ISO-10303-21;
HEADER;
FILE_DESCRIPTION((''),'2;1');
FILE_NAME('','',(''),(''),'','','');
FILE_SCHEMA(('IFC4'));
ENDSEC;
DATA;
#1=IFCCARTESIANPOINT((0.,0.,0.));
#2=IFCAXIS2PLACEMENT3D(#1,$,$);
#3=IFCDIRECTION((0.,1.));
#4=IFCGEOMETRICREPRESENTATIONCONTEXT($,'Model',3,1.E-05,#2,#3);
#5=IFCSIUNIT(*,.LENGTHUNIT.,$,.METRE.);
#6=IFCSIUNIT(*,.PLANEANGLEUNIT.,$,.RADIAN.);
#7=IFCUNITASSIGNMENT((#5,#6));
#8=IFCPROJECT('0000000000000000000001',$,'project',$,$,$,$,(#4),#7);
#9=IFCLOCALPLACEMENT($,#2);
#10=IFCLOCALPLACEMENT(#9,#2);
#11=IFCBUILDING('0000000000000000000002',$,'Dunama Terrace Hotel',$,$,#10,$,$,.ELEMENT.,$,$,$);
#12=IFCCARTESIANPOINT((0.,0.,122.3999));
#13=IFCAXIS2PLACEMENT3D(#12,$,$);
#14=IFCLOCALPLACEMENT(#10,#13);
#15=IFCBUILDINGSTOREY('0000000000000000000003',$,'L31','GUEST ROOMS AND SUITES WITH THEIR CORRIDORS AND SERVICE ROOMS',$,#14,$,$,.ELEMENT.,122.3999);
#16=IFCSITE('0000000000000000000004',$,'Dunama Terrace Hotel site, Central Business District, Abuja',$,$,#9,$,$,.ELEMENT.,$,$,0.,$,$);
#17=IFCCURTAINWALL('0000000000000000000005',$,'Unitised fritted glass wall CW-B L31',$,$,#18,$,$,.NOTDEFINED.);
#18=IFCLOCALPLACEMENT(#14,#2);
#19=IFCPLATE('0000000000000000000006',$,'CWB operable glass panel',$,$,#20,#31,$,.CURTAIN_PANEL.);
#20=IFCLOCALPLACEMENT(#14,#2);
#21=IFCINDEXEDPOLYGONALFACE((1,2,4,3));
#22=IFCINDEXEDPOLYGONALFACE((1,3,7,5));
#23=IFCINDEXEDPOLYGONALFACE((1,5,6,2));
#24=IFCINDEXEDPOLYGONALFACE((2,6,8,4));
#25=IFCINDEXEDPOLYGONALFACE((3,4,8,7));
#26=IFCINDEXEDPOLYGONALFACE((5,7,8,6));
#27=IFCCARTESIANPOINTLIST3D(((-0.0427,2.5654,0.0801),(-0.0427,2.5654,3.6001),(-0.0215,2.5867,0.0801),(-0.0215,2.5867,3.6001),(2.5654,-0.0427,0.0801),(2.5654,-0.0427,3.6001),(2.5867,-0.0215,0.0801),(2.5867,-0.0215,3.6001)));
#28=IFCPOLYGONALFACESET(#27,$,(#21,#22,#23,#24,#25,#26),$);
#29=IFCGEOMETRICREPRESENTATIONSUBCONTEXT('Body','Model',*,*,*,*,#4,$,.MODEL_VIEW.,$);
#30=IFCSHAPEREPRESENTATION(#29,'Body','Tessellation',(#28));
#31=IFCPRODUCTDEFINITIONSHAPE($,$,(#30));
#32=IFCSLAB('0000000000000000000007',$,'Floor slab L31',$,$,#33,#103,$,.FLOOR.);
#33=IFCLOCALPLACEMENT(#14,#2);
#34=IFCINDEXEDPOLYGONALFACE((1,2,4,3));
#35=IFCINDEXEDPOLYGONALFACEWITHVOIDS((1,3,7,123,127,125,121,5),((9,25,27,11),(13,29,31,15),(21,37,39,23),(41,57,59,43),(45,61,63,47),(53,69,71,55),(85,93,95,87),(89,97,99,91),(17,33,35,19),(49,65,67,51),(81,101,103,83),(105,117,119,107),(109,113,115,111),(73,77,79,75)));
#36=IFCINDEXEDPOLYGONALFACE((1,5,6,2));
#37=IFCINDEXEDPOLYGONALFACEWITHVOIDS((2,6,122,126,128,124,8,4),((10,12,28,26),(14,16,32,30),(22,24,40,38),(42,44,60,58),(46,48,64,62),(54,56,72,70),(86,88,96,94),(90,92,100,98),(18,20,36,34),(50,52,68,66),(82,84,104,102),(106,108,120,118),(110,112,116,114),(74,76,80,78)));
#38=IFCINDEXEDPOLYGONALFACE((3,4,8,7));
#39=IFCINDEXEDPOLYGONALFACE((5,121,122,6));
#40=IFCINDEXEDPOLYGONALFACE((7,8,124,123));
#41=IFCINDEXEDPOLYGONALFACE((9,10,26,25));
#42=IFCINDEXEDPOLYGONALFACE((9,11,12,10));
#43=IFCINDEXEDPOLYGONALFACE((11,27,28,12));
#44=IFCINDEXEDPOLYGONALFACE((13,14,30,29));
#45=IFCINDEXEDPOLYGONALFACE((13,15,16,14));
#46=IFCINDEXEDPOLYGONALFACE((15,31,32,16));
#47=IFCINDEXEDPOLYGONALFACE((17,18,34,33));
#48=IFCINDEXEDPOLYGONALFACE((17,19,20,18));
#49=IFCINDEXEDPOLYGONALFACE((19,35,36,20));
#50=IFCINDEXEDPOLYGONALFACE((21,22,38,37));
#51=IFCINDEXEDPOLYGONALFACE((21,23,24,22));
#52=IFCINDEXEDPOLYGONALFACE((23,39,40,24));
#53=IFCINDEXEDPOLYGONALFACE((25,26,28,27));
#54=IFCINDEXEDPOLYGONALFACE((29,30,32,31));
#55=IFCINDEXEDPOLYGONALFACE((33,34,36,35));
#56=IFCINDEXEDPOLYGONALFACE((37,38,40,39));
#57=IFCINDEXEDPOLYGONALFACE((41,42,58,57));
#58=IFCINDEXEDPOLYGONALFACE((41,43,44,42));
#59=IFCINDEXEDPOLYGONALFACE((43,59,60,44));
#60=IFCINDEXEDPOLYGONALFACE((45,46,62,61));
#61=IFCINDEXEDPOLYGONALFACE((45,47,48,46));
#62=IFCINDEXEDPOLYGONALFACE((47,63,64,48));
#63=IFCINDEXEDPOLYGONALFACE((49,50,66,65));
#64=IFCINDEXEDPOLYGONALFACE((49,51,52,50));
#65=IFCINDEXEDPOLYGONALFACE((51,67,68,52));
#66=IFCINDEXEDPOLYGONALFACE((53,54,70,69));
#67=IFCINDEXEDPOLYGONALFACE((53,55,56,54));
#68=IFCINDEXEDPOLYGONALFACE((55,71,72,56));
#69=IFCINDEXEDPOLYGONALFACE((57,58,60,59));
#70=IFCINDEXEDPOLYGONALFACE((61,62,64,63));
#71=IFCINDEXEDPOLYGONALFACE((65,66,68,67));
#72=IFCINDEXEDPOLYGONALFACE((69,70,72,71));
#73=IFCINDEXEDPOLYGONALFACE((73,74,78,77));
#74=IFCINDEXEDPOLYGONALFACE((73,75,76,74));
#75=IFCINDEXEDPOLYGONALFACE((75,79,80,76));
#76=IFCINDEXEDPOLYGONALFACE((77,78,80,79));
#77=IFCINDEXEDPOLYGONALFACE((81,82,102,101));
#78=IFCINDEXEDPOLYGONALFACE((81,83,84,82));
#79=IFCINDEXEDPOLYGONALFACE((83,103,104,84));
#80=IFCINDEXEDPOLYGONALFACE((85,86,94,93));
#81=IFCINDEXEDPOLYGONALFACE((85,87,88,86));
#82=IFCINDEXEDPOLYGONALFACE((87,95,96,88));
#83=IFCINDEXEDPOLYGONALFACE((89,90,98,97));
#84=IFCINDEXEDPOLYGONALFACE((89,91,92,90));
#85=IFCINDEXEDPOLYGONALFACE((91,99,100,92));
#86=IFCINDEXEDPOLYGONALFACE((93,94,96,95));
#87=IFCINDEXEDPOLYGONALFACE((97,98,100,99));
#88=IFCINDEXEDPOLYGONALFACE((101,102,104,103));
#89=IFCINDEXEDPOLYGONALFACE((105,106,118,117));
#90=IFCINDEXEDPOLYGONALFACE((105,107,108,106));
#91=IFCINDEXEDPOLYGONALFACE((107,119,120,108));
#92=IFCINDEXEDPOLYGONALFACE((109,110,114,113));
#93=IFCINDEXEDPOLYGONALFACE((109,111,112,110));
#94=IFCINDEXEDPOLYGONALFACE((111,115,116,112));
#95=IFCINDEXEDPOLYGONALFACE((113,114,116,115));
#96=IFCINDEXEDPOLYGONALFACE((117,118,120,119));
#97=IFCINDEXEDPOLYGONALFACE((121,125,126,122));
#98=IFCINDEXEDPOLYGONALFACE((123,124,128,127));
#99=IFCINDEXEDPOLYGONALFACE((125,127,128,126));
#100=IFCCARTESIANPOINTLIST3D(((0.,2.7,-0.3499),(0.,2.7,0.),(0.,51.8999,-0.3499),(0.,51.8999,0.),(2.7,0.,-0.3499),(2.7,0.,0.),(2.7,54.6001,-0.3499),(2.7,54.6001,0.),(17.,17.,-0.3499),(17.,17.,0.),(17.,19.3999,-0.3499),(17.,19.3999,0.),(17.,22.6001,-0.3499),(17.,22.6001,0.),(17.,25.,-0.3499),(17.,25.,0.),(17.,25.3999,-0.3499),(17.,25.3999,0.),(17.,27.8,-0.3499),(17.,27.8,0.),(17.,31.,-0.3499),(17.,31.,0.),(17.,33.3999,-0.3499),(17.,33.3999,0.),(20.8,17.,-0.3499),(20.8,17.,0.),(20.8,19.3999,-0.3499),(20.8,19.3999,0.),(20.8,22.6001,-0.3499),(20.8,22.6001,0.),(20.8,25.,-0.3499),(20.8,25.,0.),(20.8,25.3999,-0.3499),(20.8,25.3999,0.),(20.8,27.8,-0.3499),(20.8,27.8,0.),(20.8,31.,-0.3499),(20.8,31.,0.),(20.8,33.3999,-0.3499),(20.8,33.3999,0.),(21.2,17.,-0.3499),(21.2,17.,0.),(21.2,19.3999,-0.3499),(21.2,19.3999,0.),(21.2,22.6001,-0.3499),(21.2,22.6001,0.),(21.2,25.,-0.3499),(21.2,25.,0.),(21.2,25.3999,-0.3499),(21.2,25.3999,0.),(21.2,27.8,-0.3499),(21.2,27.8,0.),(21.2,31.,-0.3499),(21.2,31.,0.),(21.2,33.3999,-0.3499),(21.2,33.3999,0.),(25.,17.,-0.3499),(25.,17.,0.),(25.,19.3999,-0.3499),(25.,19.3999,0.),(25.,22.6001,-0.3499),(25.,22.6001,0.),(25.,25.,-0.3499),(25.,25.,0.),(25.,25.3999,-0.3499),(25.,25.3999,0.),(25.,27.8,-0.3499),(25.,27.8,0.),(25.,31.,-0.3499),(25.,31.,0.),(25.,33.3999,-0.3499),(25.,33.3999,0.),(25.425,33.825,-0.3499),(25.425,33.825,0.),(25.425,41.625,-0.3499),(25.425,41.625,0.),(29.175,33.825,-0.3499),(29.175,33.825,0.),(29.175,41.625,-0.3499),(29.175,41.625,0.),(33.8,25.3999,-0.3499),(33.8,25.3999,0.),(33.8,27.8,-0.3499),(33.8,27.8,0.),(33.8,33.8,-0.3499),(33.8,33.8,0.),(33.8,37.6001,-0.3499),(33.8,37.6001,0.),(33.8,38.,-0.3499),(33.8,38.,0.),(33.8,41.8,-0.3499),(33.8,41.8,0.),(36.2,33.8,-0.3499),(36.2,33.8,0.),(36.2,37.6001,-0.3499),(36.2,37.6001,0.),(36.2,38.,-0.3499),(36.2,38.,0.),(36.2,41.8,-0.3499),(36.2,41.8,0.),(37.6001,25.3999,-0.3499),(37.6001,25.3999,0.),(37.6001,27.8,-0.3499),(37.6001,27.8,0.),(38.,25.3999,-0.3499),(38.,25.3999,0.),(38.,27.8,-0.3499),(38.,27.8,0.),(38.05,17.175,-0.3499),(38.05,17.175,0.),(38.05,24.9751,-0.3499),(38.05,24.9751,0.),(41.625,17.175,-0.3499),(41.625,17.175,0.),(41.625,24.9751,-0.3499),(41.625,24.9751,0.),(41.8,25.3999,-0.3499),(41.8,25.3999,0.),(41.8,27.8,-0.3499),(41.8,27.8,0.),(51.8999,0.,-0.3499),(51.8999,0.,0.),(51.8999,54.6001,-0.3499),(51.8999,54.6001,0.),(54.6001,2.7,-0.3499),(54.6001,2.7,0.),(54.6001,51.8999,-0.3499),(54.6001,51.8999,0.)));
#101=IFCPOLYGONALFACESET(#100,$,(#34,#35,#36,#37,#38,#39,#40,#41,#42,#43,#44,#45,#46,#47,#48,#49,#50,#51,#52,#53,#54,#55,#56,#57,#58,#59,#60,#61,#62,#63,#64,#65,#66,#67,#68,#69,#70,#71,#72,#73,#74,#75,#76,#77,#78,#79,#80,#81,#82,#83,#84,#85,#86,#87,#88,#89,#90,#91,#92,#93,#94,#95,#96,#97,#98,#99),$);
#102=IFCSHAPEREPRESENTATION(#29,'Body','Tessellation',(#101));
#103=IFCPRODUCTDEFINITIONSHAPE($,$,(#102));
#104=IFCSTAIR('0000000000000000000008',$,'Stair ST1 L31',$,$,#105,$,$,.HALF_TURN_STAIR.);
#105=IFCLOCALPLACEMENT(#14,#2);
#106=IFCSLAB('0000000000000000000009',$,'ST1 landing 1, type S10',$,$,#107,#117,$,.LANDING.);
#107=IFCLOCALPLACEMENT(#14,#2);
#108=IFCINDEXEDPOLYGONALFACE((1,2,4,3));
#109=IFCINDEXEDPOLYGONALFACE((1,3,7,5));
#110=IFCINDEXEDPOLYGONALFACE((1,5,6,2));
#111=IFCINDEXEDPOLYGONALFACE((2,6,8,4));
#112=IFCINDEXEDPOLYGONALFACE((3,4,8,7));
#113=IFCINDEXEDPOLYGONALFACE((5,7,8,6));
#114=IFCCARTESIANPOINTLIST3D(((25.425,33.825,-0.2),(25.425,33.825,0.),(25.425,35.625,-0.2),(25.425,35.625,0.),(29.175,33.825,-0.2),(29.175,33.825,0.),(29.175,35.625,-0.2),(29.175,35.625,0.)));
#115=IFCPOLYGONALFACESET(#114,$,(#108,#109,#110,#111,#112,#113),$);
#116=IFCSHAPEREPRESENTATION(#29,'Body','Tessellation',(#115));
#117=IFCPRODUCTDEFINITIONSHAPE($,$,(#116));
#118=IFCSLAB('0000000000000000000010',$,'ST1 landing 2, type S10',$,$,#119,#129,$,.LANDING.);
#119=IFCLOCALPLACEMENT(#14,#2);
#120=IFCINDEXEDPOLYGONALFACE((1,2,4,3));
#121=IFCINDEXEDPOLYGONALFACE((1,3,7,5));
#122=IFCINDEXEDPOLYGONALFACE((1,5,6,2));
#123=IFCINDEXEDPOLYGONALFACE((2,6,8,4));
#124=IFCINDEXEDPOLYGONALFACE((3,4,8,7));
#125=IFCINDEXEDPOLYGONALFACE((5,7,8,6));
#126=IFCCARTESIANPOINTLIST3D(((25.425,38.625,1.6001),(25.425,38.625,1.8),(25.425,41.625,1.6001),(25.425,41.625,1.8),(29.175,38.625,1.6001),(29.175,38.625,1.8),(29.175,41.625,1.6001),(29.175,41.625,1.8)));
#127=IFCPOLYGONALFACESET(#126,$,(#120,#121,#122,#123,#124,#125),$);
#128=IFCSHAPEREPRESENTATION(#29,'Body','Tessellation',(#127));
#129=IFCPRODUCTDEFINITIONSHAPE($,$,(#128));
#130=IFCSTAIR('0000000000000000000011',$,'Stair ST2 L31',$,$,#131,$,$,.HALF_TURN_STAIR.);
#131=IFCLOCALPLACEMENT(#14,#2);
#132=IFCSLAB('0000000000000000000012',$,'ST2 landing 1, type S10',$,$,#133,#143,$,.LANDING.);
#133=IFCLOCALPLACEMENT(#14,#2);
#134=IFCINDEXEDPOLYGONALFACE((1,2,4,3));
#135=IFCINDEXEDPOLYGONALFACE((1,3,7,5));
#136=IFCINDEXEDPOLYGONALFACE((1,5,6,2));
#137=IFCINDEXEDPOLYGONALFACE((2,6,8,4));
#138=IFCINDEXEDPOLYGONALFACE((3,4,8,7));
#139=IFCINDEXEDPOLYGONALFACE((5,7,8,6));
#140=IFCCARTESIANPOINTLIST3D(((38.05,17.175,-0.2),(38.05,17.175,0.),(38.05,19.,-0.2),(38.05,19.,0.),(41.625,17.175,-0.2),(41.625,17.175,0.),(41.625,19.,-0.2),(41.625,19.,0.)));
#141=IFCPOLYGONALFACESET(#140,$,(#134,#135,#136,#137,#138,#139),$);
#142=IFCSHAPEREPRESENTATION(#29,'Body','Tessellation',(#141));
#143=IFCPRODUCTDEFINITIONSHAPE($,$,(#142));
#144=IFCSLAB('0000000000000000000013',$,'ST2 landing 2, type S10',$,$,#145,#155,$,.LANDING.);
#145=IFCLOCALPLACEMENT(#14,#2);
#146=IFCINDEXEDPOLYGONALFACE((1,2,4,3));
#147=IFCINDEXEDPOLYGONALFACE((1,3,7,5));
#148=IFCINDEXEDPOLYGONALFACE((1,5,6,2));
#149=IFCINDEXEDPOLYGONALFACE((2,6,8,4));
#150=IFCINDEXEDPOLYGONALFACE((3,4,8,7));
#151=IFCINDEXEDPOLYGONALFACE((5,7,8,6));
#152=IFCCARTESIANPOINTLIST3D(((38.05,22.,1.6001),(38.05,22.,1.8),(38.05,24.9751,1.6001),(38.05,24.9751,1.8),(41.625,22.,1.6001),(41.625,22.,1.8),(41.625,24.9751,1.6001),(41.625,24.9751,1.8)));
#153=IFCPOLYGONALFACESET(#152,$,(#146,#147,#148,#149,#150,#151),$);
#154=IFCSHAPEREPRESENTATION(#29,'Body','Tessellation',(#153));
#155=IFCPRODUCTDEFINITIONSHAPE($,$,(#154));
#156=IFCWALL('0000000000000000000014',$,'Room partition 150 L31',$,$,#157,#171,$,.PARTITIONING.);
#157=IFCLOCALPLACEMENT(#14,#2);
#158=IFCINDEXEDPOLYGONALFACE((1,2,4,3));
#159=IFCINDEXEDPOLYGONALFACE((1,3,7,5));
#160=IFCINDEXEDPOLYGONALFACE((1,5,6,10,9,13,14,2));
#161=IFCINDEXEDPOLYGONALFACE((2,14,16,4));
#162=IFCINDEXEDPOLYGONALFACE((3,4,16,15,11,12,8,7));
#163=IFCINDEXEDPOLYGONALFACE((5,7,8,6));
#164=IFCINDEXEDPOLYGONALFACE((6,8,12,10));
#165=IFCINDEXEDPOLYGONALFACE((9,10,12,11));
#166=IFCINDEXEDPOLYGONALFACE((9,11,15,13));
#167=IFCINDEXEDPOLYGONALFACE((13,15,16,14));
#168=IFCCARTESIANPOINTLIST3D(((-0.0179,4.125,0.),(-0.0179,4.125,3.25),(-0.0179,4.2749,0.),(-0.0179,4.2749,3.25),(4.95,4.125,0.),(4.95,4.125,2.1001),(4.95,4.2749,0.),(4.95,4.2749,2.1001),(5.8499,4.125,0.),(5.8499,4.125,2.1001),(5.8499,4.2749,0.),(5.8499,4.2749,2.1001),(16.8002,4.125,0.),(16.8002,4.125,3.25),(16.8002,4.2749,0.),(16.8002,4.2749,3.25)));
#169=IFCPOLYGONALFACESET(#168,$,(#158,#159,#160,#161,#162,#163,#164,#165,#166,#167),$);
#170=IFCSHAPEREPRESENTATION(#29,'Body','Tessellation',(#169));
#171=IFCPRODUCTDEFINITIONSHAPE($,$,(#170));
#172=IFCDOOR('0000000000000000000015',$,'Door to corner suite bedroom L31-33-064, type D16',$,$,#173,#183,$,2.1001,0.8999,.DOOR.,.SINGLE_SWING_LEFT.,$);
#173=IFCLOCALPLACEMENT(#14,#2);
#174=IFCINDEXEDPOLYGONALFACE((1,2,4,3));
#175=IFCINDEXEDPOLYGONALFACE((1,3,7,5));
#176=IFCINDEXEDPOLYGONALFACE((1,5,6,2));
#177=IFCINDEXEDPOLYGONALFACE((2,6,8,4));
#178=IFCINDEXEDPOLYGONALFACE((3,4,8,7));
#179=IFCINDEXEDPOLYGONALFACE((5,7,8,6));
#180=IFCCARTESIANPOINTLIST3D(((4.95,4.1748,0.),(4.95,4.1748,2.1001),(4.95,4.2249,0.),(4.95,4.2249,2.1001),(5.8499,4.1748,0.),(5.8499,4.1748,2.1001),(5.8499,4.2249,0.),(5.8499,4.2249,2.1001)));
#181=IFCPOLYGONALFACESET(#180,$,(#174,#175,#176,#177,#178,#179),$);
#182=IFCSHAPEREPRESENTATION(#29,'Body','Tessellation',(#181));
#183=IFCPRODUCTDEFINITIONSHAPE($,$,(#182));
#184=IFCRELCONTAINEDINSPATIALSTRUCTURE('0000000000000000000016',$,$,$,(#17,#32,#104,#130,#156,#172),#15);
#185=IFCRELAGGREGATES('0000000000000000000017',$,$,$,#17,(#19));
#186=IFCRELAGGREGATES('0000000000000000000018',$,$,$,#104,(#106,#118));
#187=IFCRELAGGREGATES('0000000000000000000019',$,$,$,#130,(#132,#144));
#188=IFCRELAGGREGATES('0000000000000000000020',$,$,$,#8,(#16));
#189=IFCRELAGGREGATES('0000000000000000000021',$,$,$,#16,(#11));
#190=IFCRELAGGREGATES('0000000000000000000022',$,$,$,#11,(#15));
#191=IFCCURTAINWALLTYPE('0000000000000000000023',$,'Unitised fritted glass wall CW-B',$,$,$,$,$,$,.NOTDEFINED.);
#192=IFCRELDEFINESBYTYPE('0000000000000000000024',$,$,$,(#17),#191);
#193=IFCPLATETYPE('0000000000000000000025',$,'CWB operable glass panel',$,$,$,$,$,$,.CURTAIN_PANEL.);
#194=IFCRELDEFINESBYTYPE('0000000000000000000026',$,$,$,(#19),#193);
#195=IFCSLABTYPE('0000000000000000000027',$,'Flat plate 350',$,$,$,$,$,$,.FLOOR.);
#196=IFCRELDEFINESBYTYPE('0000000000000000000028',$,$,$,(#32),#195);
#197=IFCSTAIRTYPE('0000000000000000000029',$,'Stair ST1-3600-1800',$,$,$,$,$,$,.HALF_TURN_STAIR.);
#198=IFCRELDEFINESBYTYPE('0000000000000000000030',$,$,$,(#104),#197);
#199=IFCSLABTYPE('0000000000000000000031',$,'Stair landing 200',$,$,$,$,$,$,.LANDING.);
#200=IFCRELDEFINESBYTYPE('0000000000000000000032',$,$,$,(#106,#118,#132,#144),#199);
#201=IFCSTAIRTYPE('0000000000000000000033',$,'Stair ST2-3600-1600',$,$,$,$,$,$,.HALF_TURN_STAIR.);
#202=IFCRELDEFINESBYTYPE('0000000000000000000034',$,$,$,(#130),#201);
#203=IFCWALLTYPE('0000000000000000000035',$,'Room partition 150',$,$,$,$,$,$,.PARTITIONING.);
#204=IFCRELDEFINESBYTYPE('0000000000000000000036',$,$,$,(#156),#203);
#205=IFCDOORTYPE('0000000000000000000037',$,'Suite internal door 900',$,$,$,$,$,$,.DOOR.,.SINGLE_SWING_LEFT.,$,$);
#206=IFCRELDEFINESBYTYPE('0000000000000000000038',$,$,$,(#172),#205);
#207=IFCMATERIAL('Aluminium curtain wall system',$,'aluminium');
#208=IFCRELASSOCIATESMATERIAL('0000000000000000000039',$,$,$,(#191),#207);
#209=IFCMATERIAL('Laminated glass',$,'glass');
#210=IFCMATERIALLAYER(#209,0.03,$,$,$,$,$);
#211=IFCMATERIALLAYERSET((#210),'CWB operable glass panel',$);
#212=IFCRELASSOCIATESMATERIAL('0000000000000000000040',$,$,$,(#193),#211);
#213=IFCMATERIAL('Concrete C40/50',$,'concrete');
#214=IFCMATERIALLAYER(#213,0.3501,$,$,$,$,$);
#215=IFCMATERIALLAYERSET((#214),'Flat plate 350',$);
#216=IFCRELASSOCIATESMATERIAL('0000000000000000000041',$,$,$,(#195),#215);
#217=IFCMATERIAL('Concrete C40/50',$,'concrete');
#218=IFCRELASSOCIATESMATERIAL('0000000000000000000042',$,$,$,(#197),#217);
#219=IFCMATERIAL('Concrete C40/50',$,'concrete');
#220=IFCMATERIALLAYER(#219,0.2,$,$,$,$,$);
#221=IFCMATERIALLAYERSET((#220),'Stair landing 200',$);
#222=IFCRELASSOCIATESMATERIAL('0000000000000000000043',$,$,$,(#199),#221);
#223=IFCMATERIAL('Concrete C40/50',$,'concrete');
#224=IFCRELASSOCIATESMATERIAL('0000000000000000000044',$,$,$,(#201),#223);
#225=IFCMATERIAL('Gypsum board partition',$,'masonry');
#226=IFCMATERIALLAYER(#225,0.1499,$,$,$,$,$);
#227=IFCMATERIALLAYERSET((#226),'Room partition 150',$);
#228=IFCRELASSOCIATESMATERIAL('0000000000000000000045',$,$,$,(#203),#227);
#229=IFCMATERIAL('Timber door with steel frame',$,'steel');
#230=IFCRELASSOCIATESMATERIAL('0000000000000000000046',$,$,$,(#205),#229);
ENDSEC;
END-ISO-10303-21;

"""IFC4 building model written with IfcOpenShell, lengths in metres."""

from ifc_helpers import new_model, si_unit, direction, frame, frame_2d, origin, origin_2d, place, context, subcontext, project, spatial, polyline, rectangle, outline, extrude, material, layer, layer_set, type_object, element, fill, aggregate, save


model = new_model("IFC4")

# Units and contexts
model_context = context("Model", 3, precision=1e-05, world=origin(), true_north=direction((0.0, 1.0)))
body_context = subcontext(model_context, "Body", "Model", "MODEL_VIEW")
ifc_project = project(units=[si_unit("LENGTHUNIT", "METRE"), si_unit("PLANEANGLEUNIT", "RADIAN")], contexts=[model_context])

# Site, building, storey
site_placement = place(None, origin())
site = spatial("IfcSite", under=ifc_project, at=site_placement, Name="Dunama Terrace Hotel site, Central Business District, Abuja", CompositionType="ELEMENT", RefElevation=0.0)
building_placement = place(site_placement, origin())
building = spatial("IfcBuilding", under=site, at=building_placement, Name="Dunama Terrace Hotel", CompositionType="ELEMENT")
storey_placement = place(building_placement, frame((0.0, 0.0, 122.3999)))
storey = spatial("IfcBuildingStorey", under=building, at=storey_placement, Name="L31", Description="GUEST ROOMS AND SUITES WITH THEIR CORRIDORS AND SERVICE ROOMS", CompositionType="ELEMENT", Elevation=122.3999)

# Curtain wall
ifc_material_1 = material(Name="Aluminium curtain wall system", Category="aluminium")
curtain_wall_type = type_object("IfcCurtainWallType", Name="Unitised fritted glass wall CW-B", PredefinedType="NOTDEFINED", material=ifc_material_1)
curtain_wall_1_placement = place(storey_placement, origin())
curtain_wall_1 = element("IfcCurtainWall", 1, at=curtain_wall_1_placement, inside=storey, type_object=curtain_wall_type, Name="Unitised fritted glass wall CW-B L31", PredefinedType="NOTDEFINED")

# Plate
ifc_material_2 = material(Name="Laminated glass", Category="glass")
ifc_layer_1 = layer(ifc_material_2, 0.03)
ifc_layer_set_1 = layer_set([ifc_layer_1], Name="CWB operable glass panel")
plate_type_1 = type_object("IfcPlateType", Name="CWB operable glass panel", PredefinedType="CURTAIN_PANEL", material=ifc_layer_set_1)
plate_1_placement = place(storey_placement, frame((1.272, 1.272, 0.0801), z_axis=(0.0, 0.0, 1.0), x_axis=(0.707107, -0.707107, 0.0)))
plate_1 = element("IfcPlate", 2, at=plate_1_placement, type_object=plate_type_1, Name="CWB operable glass panel", PredefinedType="CURTAIN_PANEL", context=body_context, shape_type="SweptSolid", body=[
    extrude(rectangle(XDim=3.6885, YDim=0.03, at=origin_2d()), origin(), (0.0, 0.0, 1.0), 3.52),
])
aggregate(curtain_wall_1, [plate_1])

# Slab
ifc_material_3 = material(Name="Concrete C40/50", Category="concrete")
ifc_layer_2 = layer(ifc_material_3, 0.3501)
ifc_layer_set_2 = layer_set([ifc_layer_2], Name="Flat plate 350")
slab_type_1 = type_object("IfcSlabType", Name="Flat plate 350", PredefinedType="FLOOR", material=ifc_layer_set_2)
slab_1_placement = place(storey_placement, frame((0.0, 0.0, -0.3499)))
element("IfcSlab", 3, at=slab_1_placement, inside=storey, type_object=slab_type_1, Name="Floor slab L31", PredefinedType="FLOOR", context=body_context, shape_type="SweptSolid", body=[
    extrude(outline(polyline([(2.7, 0.0), (51.8999, 0.0), (54.6001, 2.7), (54.6001, 51.8999), (51.8999, 54.6001), (2.7, 54.6001), (0.0, 51.8999), (0.0, 2.7), (2.7, 0.0)]), holes=[polyline([(37.6001, 25.3999), (37.6001, 27.8), (33.8, 27.8), (33.8, 25.3999), (37.6001, 25.3999)]), polyline([(41.8, 25.3999), (41.8, 27.8), (38.0, 27.8), (38.0, 25.3999), (41.8, 25.3999)]), polyline([(20.8, 17.0), (20.8, 19.3999), (17.0, 19.3999), (17.0, 17.0), (20.8, 17.0)]), polyline([(25.0, 17.0), (25.0, 19.3999), (21.2, 19.3999), (21.2, 17.0), (25.0, 17.0)]), polyline([(20.8, 22.6001), (20.8, 25.0), (17.0, 25.0), (17.0, 22.6001), (20.8, 22.6001)]), polyline([(25.0, 22.6001), (25.0, 25.0), (21.2, 25.0), (21.2, 22.6001), (25.0, 22.6001)]), polyline([(20.8, 25.3999), (20.8, 27.8), (17.0, 27.8), (17.0, 25.3999), (20.8, 25.3999)]), polyline([(25.0, 25.3999), (25.0, 27.8), (21.2, 27.8), (21.2, 25.3999), (25.0, 25.3999)]), polyline([(20.8, 31.0), (20.8, 33.3999), (17.0, 33.3999), (17.0, 31.0), (20.8, 31.0)]), polyline([(25.0, 31.0), (25.0, 33.3999), (21.2, 33.3999), (21.2, 31.0), (25.0, 31.0)]), polyline([(36.2, 38.0), (36.2, 41.8), (33.8, 41.8), (33.8, 38.0), (36.2, 38.0)]), polyline([(36.2, 33.8), (36.2, 37.6001), (33.8, 37.6001), (33.8, 33.8), (36.2, 33.8)]), polyline([(29.175, 33.825), (29.175, 41.625), (25.425, 41.625), (25.425, 33.825), (29.175, 33.825)]), polyline([(41.625, 17.175), (41.625, 24.9751), (38.05, 24.9751), (38.05, 17.175), (41.625, 17.175)])]), origin(), (0.0, 0.0, 1.0), 0.3499),
])

# Stairs, slabs
ifc_material_4 = material(Name="Concrete C40/50", Category="concrete")
stair_type_1 = type_object("IfcStairType", Name="Stair ST1-3600-1800", PredefinedType="HALF_TURN_STAIR", material=ifc_material_4)
stair_1_placement = place(storey_placement, origin())
stair_1 = element("IfcStair", 4, at=stair_1_placement, inside=storey, type_object=stair_type_1, Name="Stair ST1 L31", PredefinedType="HALF_TURN_STAIR")
ifc_material_5 = material(Name="Concrete C40/50", Category="concrete")
ifc_layer_3 = layer(ifc_material_5, 0.2)
ifc_layer_set_3 = layer_set([ifc_layer_3], Name="Stair landing 200")
slab_type_2 = type_object("IfcSlabType", Name="Stair landing 200", PredefinedType="LANDING", material=ifc_layer_set_3)
slab_2_placement = place(storey_placement, frame((0.0, 0.0, -0.2)))
slab_2 = element("IfcSlab", 5, at=slab_2_placement, type_object=slab_type_2, Name="ST1 landing 1, type S10", PredefinedType="LANDING", context=body_context, shape_type="SweptSolid", body=[
    extrude(outline(polyline([(25.425, 33.825), (29.175, 33.825), (29.175, 35.625), (25.425, 35.625), (25.425, 33.825)])), origin(), (0.0, 0.0, 1.0), 0.2),
])
slab_3_placement = place(storey_placement, frame((0.0, 0.0, 1.6001)))
slab_3 = element("IfcSlab", 6, at=slab_3_placement, type_object=slab_type_2, Name="ST1 landing 2, type S10", PredefinedType="LANDING", context=body_context, shape_type="SweptSolid", body=[
    extrude(outline(polyline([(25.425, 38.625), (29.175, 38.625), (29.175, 41.625), (25.425, 41.625), (25.425, 38.625)])), origin(), (0.0, 0.0, 1.0), 0.2),
])
aggregate(stair_1, [slab_2, slab_3])
ifc_material_6 = material(Name="Concrete C40/50", Category="concrete")
stair_type_2 = type_object("IfcStairType", Name="Stair ST2-3600-1600", PredefinedType="HALF_TURN_STAIR", material=ifc_material_6)
stair_2_placement = place(storey_placement, origin())
stair_2 = element("IfcStair", 7, at=stair_2_placement, inside=storey, type_object=stair_type_2, Name="Stair ST2 L31", PredefinedType="HALF_TURN_STAIR")
slab_4_placement = place(storey_placement, frame((0.0, 0.0, -0.2)))
slab_4 = element("IfcSlab", 8, at=slab_4_placement, type_object=slab_type_2, Name="ST2 landing 1, type S10", PredefinedType="LANDING", context=body_context, shape_type="SweptSolid", body=[
    extrude(outline(polyline([(38.05, 17.175), (41.625, 17.175), (41.625, 19.0), (38.05, 19.0), (38.05, 17.175)])), origin(), (0.0, 0.0, 1.0), 0.2),
])
slab_5_placement = place(storey_placement, frame((0.0, 0.0, 1.6001)))
slab_5 = element("IfcSlab", 9, at=slab_5_placement, type_object=slab_type_2, Name="ST2 landing 2, type S10", PredefinedType="LANDING", context=body_context, shape_type="SweptSolid", body=[
    extrude(outline(polyline([(38.05, 22.0), (41.625, 22.0), (41.625, 24.9751), (38.05, 24.9751), (38.05, 22.0)])), origin(), (0.0, 0.0, 1.0), 0.2),
])
aggregate(stair_2, [slab_4, slab_5])

# Wall, opening, door
ifc_material_7 = material(Name="Gypsum board partition", Category="masonry")
ifc_layer_4 = layer(ifc_material_7, 0.1499)
ifc_layer_set_4 = layer_set([ifc_layer_4], Name="Room partition 150")
wall_type = type_object("IfcWallType", Name="Room partition 150", PredefinedType="PARTITIONING", material=ifc_layer_set_4)
wall_placement = place(storey_placement, frame((-0.0181, 4.2, 0.0), z_axis=(0.0, 0.0, 1.0), x_axis=(1.0, 0.0, 0.0)))
wall = element("IfcWall", 10, at=wall_placement, inside=storey, type_object=wall_type, Name="Room partition 150 L31", PredefinedType="PARTITIONING", context=body_context, shape_type="SweptSolid", body=[
    extrude(rectangle(XDim=16.8181, YDim=0.1499, at=frame_2d((8.4092, 0.0))), origin(), (0.0, 0.0, 1.0), 3.25),
])
opening_placement = place(wall_placement, frame((4.968, 0.0, 0.0)))
opening = element("IfcOpeningElement", 11, at=opening_placement, cuts=wall, PredefinedType="OPENING", context=body_context, shape_type="SweptSolid", body=[
    extrude(rectangle(XDim=0.8999, YDim=2.1001, at=frame_2d((0.45, 1.05))), frame((0.0, 0.085, 0.0), z_axis=(0.0, -1.0, 0.0), x_axis=(1.0, 0.0, 0.0)), (0.0, 0.0, 1.0), 0.1699),
])
ifc_material_8 = material(Name="Timber door with steel frame", Category="steel")
door_type = type_object("IfcDoorType", Name="Suite internal door 900", OperationType="SINGLE_SWING_LEFT", PredefinedType="DOOR", material=ifc_material_8)
door_placement = place(opening_placement, frame((0.8999, 0.0, 0.0), z_axis=(0.0, 0.0, 1.0), x_axis=(-1.0, 0.0, 0.0)))
door = element("IfcDoor", 12, at=door_placement, inside=storey, type_object=door_type, Name="Door to corner suite bedroom L31-33-064, type D16", OperationType="SINGLE_SWING_LEFT", OverallHeight=2.1001, OverallWidth=0.8999, PredefinedType="DOOR", context=body_context, shape_type="SweptSolid", body=[
    extrude(rectangle(XDim=0.8999, YDim=2.1001, at=frame_2d((0.45, 1.05))), frame((0.0, 0.0251, 0.0), z_axis=(0.0, -1.0, 0.0), x_axis=(1.0, 0.0, 0.0)), (0.0, 0.0, 1.0), 0.05),
])
fill(opening, door)

save(model, "model.ifc")
